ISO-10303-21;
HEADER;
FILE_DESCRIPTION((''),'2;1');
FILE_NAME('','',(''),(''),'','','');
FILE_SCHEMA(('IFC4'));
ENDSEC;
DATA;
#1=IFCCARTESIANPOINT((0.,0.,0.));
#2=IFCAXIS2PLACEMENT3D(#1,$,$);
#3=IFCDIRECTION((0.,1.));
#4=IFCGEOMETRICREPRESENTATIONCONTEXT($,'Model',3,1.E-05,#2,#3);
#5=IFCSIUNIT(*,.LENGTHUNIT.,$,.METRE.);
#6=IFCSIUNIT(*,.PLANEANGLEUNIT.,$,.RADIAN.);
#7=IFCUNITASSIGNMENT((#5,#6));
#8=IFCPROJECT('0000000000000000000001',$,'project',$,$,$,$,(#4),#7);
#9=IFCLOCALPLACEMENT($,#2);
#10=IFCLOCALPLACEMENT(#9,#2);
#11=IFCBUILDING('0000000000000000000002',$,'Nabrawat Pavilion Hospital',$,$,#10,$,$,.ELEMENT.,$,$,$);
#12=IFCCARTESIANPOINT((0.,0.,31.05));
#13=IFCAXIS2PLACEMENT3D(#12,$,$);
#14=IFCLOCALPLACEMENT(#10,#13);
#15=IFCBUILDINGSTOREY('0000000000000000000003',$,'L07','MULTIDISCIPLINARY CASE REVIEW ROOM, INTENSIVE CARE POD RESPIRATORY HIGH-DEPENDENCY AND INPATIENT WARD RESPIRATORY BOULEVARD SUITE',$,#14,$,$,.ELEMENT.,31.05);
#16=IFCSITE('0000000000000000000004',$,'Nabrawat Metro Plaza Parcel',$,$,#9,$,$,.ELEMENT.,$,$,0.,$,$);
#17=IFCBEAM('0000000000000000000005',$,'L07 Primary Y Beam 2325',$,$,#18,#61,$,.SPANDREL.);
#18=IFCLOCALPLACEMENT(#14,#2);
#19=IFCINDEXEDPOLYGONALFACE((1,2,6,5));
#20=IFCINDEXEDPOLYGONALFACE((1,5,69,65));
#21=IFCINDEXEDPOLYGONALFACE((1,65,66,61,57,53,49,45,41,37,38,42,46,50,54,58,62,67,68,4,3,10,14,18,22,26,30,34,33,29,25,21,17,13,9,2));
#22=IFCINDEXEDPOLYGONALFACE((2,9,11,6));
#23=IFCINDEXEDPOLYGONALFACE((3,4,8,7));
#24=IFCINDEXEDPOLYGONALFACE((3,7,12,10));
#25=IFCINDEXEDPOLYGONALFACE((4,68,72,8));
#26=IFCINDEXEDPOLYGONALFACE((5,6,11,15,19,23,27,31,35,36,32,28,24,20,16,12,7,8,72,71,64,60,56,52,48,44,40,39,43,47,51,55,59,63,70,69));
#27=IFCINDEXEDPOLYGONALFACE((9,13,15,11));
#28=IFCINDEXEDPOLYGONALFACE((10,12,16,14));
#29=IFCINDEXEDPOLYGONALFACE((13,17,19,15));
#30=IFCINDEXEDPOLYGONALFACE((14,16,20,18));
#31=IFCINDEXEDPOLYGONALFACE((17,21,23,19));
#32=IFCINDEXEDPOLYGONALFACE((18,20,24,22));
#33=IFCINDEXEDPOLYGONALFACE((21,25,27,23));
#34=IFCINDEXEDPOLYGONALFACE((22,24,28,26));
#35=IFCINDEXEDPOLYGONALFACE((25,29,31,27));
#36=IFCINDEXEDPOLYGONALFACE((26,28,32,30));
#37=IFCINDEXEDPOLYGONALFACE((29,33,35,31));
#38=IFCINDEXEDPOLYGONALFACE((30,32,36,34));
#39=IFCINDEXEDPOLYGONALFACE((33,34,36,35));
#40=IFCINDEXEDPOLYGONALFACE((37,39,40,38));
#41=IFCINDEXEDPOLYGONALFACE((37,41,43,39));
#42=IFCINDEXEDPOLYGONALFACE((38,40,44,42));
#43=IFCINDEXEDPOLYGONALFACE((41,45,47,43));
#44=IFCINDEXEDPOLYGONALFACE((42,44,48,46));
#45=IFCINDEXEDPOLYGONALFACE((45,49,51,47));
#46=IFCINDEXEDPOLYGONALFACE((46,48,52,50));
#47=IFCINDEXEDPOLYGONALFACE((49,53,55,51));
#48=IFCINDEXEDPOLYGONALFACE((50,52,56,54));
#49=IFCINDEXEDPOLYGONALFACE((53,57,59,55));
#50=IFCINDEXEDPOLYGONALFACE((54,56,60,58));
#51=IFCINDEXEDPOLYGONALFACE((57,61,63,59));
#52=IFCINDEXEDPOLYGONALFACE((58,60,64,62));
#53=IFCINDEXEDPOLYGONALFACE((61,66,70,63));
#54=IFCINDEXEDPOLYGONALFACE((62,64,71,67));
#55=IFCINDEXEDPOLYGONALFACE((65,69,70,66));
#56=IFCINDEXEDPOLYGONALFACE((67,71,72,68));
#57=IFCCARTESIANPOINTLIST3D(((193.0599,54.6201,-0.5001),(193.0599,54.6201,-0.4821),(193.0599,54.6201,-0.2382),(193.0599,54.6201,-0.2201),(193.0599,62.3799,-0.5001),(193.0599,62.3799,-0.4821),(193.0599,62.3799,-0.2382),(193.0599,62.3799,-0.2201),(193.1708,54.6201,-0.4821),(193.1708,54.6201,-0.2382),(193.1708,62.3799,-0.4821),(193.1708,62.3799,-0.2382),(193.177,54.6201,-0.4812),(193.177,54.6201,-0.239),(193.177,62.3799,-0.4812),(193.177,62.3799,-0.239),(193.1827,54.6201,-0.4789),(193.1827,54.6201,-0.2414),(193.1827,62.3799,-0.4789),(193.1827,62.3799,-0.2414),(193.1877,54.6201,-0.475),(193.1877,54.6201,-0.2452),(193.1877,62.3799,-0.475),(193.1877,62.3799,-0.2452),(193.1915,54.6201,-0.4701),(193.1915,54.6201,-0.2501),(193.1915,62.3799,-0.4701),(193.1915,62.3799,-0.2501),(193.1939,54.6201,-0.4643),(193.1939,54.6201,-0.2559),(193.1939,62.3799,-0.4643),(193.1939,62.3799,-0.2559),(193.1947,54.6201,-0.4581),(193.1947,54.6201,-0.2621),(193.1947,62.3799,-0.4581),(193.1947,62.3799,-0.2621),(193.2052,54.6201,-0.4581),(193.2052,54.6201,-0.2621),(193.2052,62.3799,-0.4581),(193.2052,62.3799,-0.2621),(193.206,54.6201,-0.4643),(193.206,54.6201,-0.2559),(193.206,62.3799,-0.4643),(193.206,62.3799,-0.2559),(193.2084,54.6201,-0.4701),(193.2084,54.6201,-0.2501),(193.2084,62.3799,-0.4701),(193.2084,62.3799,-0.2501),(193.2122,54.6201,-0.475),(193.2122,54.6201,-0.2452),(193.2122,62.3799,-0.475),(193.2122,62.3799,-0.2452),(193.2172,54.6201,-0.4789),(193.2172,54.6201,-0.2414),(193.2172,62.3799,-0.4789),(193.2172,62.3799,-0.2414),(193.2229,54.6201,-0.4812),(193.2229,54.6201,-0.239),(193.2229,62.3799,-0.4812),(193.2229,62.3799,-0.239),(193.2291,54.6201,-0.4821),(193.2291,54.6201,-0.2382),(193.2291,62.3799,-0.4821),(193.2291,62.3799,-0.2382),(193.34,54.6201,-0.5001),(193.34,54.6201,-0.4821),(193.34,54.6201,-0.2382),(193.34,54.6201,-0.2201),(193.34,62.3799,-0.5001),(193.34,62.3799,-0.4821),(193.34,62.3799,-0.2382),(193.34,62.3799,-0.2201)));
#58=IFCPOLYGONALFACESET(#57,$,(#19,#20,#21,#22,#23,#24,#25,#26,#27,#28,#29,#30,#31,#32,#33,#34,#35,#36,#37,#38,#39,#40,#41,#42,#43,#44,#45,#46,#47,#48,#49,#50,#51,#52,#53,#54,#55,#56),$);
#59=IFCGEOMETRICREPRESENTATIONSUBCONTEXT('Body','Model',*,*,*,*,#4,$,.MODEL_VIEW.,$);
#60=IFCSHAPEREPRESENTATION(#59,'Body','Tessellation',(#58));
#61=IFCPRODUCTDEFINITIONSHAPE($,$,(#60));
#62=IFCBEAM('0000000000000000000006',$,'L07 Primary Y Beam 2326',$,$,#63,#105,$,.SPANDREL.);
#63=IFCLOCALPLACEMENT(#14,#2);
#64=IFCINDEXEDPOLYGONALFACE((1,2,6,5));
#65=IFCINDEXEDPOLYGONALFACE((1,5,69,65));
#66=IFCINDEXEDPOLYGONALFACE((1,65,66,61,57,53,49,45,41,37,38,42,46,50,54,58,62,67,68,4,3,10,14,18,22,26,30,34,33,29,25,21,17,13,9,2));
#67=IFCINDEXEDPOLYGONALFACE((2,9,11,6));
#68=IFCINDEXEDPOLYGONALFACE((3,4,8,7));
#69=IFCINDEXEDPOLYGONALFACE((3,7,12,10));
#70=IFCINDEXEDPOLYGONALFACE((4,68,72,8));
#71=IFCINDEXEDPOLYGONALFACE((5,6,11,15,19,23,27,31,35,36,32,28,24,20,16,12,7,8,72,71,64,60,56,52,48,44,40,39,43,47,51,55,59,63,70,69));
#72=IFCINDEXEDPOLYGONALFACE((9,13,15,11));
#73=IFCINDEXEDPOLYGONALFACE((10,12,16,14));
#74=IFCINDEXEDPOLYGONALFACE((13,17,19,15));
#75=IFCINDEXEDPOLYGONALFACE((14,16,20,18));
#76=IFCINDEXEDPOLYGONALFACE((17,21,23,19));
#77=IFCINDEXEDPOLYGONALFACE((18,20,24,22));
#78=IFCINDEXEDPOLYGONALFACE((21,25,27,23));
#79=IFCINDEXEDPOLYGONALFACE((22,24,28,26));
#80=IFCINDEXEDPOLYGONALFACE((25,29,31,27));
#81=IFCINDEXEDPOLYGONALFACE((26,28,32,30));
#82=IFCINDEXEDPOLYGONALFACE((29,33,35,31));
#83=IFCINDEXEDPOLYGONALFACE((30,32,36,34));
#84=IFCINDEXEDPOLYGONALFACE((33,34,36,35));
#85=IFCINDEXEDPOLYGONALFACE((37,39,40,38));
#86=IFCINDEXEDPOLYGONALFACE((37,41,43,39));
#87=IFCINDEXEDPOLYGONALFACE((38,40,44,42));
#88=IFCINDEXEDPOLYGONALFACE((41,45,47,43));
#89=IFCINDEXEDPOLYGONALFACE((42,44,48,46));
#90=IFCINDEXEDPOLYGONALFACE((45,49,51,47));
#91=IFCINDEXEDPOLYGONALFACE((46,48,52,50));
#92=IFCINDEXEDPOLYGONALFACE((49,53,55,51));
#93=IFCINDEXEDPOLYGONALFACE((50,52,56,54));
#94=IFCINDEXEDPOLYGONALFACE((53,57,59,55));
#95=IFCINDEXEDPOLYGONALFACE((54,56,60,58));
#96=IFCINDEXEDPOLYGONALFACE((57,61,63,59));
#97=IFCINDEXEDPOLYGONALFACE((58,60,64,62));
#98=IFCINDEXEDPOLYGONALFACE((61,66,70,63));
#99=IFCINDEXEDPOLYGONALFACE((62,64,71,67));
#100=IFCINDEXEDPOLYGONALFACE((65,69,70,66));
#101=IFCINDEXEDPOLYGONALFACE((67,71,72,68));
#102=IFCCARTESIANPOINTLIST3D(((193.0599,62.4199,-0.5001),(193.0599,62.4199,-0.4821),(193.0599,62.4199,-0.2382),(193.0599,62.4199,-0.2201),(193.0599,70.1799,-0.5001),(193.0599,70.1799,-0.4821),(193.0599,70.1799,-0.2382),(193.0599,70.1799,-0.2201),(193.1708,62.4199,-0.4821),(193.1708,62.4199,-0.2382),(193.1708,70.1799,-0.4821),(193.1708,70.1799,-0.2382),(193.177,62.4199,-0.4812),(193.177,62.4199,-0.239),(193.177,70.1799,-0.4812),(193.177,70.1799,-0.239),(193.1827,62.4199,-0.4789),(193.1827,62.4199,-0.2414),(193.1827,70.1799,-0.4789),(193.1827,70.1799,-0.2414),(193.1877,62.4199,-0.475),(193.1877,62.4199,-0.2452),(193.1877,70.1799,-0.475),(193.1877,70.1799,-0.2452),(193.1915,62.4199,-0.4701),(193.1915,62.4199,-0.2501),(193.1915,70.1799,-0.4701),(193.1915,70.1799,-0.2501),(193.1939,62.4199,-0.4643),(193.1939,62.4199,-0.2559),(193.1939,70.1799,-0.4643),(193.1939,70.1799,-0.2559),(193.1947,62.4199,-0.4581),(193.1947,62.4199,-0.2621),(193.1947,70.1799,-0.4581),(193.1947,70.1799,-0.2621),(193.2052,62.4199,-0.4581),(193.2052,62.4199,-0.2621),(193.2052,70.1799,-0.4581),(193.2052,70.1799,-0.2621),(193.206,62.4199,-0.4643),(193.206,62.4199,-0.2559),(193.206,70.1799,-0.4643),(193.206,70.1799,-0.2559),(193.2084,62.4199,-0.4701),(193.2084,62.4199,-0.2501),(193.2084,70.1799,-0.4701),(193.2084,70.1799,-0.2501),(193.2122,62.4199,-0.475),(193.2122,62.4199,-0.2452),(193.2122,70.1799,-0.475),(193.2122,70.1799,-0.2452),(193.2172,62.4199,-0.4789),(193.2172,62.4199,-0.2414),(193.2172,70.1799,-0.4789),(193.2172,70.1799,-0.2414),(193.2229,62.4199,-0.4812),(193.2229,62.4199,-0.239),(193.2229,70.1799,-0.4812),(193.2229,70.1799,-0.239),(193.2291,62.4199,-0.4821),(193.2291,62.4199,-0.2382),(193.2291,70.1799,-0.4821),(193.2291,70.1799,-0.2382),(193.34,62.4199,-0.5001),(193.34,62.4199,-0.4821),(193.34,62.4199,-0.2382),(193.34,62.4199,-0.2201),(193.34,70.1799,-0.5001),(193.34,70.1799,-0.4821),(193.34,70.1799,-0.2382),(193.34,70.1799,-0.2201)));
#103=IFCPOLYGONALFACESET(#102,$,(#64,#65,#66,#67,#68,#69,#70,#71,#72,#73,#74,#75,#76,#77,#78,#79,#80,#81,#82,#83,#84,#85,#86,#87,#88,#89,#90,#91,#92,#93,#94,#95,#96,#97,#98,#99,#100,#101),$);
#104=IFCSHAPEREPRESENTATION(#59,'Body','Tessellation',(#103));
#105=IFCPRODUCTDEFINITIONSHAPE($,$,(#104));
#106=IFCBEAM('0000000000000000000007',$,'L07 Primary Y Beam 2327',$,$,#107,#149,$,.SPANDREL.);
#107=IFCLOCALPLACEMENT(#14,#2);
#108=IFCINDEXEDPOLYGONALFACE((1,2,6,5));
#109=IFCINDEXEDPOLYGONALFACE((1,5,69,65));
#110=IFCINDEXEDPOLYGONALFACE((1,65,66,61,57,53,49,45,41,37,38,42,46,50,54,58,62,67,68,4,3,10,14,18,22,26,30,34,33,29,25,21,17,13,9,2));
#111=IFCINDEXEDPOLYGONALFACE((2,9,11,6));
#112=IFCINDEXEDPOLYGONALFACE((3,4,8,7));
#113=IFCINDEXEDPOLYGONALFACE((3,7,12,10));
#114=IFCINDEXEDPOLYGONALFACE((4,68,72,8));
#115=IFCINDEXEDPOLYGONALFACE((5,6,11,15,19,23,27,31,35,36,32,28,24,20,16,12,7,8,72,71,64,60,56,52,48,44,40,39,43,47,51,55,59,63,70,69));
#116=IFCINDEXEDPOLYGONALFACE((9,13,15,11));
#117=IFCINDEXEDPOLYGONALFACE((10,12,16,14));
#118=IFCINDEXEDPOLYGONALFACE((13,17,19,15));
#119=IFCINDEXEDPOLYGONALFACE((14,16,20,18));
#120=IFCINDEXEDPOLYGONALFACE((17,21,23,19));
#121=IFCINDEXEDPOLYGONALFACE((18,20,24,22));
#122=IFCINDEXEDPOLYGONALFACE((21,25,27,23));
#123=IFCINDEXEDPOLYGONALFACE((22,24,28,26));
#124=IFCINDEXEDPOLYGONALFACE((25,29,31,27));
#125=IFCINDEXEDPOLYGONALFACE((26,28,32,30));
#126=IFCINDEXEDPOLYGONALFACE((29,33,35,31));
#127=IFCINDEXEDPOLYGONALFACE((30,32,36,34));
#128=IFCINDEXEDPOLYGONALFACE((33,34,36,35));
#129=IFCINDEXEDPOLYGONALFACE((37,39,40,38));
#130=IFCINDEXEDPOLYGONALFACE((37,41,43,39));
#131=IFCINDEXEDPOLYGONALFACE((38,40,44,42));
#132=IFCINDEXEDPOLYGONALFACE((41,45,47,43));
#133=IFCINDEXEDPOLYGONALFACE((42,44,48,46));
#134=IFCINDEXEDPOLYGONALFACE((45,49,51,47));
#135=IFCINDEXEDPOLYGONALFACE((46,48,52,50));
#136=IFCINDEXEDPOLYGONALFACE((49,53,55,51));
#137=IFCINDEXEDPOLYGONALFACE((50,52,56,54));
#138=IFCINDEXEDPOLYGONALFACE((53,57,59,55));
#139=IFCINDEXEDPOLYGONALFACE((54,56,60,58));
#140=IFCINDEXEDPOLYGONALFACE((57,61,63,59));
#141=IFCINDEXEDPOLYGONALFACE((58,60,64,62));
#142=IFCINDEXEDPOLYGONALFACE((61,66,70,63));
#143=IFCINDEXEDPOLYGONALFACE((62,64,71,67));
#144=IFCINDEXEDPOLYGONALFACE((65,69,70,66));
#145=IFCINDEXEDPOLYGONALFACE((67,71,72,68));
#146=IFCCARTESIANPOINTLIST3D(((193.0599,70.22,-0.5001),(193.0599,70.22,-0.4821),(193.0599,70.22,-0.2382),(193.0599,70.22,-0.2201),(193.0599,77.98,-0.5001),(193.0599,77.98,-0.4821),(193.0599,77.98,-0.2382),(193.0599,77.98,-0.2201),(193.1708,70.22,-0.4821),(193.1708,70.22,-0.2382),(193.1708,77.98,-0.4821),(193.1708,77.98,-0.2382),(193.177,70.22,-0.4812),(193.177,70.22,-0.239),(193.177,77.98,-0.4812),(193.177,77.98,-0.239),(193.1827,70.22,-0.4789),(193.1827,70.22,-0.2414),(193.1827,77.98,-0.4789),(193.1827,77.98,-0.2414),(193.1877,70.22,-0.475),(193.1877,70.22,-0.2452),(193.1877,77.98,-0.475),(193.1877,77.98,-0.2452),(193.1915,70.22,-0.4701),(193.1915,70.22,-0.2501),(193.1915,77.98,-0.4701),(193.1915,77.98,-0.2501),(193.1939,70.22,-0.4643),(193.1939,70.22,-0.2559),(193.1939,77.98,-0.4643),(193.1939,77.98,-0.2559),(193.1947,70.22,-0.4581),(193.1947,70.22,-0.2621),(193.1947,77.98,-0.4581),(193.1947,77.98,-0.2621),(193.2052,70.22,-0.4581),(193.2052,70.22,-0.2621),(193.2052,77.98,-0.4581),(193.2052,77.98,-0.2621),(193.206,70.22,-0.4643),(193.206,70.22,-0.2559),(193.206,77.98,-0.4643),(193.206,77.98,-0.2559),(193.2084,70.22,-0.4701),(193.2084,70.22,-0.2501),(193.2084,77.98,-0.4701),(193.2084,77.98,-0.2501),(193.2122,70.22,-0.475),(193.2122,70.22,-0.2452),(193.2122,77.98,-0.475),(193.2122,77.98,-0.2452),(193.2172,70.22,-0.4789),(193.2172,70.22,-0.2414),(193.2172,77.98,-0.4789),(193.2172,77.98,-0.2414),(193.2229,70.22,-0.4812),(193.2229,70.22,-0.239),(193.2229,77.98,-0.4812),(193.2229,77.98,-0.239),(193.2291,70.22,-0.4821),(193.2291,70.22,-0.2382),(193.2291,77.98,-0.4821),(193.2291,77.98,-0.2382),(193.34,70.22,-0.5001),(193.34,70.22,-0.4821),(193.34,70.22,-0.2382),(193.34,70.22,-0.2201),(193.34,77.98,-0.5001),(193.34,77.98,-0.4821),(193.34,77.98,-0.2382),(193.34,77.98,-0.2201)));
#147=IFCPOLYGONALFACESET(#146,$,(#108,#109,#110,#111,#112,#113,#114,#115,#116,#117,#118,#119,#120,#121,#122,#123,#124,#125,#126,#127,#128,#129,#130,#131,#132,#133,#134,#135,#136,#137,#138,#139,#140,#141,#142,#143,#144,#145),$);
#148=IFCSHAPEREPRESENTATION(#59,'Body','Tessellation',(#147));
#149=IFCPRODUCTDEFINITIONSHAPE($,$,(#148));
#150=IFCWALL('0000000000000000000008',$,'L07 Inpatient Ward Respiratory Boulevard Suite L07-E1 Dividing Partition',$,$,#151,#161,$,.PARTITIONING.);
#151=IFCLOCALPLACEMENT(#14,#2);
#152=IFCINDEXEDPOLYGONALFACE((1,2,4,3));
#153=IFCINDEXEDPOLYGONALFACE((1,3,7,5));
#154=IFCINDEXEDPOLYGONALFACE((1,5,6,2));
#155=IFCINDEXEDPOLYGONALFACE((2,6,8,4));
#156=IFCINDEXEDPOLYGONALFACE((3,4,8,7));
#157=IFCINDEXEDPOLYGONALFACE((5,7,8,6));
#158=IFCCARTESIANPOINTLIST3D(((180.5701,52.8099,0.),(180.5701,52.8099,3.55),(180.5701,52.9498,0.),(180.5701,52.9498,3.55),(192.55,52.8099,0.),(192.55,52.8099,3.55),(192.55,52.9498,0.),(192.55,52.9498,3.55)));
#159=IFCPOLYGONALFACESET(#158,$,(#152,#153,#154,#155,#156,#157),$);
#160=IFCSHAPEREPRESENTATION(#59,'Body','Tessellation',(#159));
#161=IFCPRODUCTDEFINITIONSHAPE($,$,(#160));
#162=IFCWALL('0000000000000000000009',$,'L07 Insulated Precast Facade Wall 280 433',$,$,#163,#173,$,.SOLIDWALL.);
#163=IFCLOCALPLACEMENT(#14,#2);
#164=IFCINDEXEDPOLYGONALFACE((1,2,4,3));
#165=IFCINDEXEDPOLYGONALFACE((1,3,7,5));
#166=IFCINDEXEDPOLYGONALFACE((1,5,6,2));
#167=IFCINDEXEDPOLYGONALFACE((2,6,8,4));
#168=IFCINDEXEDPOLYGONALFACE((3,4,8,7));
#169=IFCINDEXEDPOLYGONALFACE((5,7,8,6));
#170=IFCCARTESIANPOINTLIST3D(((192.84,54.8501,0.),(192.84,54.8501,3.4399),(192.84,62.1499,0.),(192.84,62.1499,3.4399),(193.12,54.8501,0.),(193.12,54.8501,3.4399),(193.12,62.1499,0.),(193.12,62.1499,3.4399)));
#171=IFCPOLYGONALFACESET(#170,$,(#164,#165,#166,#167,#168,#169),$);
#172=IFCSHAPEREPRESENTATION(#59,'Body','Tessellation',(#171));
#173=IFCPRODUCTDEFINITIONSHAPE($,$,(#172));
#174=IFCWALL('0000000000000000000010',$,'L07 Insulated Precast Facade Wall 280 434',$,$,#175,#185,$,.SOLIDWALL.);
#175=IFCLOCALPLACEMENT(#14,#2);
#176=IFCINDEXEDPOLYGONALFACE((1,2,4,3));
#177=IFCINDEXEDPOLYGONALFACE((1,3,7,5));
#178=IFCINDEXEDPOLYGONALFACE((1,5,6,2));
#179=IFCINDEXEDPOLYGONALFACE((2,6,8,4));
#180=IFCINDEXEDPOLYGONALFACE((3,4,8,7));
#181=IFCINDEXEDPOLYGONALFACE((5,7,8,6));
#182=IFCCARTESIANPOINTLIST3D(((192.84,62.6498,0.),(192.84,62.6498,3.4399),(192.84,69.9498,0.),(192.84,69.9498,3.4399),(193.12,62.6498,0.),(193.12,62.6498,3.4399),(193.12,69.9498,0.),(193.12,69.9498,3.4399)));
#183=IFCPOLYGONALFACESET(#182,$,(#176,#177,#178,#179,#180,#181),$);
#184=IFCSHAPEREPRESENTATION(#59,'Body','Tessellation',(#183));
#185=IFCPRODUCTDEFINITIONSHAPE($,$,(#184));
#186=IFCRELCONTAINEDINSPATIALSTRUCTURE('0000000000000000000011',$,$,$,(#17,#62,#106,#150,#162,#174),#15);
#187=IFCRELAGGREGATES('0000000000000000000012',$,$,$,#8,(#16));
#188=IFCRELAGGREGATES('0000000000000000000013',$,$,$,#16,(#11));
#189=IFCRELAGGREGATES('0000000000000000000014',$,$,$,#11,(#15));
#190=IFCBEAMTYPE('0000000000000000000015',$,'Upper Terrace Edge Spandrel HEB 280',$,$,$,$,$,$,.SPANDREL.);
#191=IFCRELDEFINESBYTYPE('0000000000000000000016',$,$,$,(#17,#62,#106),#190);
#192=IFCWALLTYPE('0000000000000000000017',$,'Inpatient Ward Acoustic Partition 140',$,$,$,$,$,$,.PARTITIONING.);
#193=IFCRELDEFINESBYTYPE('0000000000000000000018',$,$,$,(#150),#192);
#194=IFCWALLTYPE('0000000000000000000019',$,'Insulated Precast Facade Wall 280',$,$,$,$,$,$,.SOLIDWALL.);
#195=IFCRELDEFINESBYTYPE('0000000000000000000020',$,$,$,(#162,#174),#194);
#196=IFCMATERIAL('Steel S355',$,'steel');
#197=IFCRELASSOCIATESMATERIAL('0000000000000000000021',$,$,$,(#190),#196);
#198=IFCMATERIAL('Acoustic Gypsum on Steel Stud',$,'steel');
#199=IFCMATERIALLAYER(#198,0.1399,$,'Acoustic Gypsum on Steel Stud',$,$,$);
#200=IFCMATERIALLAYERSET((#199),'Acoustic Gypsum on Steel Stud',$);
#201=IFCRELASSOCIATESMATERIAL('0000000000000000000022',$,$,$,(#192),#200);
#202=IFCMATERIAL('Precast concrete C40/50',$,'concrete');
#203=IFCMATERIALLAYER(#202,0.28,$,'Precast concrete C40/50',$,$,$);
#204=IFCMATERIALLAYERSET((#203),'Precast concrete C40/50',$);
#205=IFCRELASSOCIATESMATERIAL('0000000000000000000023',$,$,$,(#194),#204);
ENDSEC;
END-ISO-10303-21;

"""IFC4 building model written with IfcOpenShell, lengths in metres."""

from ifc_helpers import new_model, si_unit, direction, frame, frame_2d, origin, origin_2d, place, context, subcontext, project, spatial, rectangle, i_section, extrude, material, layer, layer_set, material_profile, profile_set, type_object, element, save


model = new_model("IFC4")

# Units and contexts
model_context = context("Model", 3, precision=1e-05, world=origin(), true_north=direction((0.0, 1.0)))
body_context = subcontext(model_context, "Body", "Model", "MODEL_VIEW")
ifc_project = project(units=[si_unit("LENGTHUNIT", "METRE"), si_unit("PLANEANGLEUNIT", "RADIAN")], contexts=[model_context])

# Site, building, storey
site_placement = place(None, origin())
site = spatial("IfcSite", under=ifc_project, at=site_placement, Name="Nabrawat Metro Plaza Parcel", CompositionType="ELEMENT", RefElevation=0.0)
building_placement = place(site_placement, origin())
building = spatial("IfcBuilding", under=site, at=building_placement, Name="Nabrawat Pavilion Hospital", CompositionType="ELEMENT")
storey_placement = place(building_placement, frame((0.0, 0.0, 31.05)))
storey = spatial("IfcBuildingStorey", under=building, at=storey_placement, Name="L07", Description="MULTIDISCIPLINARY CASE REVIEW ROOM, INTENSIVE CARE POD RESPIRATORY HIGH-DEPENDENCY AND INPATIENT WARD RESPIRATORY BOULEVARD SUITE", CompositionType="ELEMENT", Elevation=31.05)

# Shared definitions
ifc_material_1 = material(Name="Steel S355", Category="steel")

# Beams
ifc_material_profile_1 = material_profile(ifc_material_1, i_section(OverallWidth=0.28, OverallDepth=0.28, WebThickness=0.0105, FlangeThickness=0.0181, FilletRadius=0.0239, at=origin_2d()), Name="HEB 280")
ifc_profile_set_1 = profile_set([ifc_material_profile_1], Name="Steel S355")
beam_type_1 = type_object("IfcBeamType", Name="Upper Terrace Edge Spandrel HEB 280", PredefinedType="SPANDREL", material=ifc_profile_set_1)
beam_1_placement = place(storey_placement, frame((193.2, 54.6201, -0.3601), z_axis=(0.0, 1.0, 0.0), x_axis=(-1.0, 0.0, 0.0)))
element("IfcBeam", 1, at=beam_1_placement, inside=storey, type_object=beam_type_1, Name="L07 Primary Y Beam 2325", PredefinedType="SPANDREL", context=body_context, shape_type="SweptSolid", body=[
    extrude(i_section(OverallWidth=0.28, OverallDepth=0.28, WebThickness=0.0105, FlangeThickness=0.0181, FilletRadius=0.0239, at=origin_2d()), origin(), (0.0, 0.0, 1.0), 7.7598),
])
for number, where, z_axis, x_axis, name in (
    (2, (193.2, 62.4199, -0.3601), (0.0, 1.0, 0.0), (-1.0, 0.0, 0.0), "L07 Primary Y Beam 2326"),
    (3, (193.2, 70.22, -0.3601), (0.0, 1.0, 0.0), (-1.0, 0.0, 0.0), "L07 Primary Y Beam 2327"),
):
    element("IfcBeam", number, at=place(storey_placement, frame(where, z_axis=z_axis, x_axis=x_axis)), inside=storey, type_object=beam_type_1, Name=name, PredefinedType="SPANDREL", context=body_context, shape_type="SweptSolid", body=[
        extrude(i_section(OverallWidth=0.28, OverallDepth=0.28, WebThickness=0.0105, FlangeThickness=0.0181, FilletRadius=0.0239, at=origin_2d()), origin(), (0.0, 0.0, 1.0), 7.76),
    ])

# Walls
ifc_material_2 = material(Name="Acoustic Gypsum on Steel Stud", Category="steel")
ifc_layer_1 = layer(ifc_material_2, 0.1399, Name="Acoustic Gypsum on Steel Stud")
ifc_layer_set_1 = layer_set([ifc_layer_1], Name="Acoustic Gypsum on Steel Stud")
wall_type_1 = type_object("IfcWallType", Name="Inpatient Ward Acoustic Partition 140", PredefinedType="PARTITIONING", material=ifc_layer_set_1)
wall_1_placement = place(storey_placement, frame((180.5701, 52.8799, 0.0), z_axis=(0.0, 0.0, 1.0), x_axis=(1.0, 0.0, 0.0)))
element("IfcWall", 4, at=wall_1_placement, inside=storey, type_object=wall_type_1, Name="L07 Inpatient Ward Respiratory Boulevard Suite L07-E1 Dividing Partition", PredefinedType="PARTITIONING", context=body_context, shape_type="SweptSolid", body=[
    extrude(rectangle(XDim=11.98, YDim=0.1399, at=frame_2d((5.99, 0.0))), origin(), (0.0, 0.0, 1.0), 3.55),
])
ifc_material_3 = material(Name="Precast concrete C40/50", Category="concrete")
ifc_layer_2 = layer(ifc_material_3, 0.28, Name="Precast concrete C40/50")
ifc_layer_set_2 = layer_set([ifc_layer_2], Name="Precast concrete C40/50")
wall_type_2 = type_object("IfcWallType", Name="Insulated Precast Facade Wall 280", PredefinedType="SOLIDWALL", material=ifc_layer_set_2)
wall_2_placement = place(storey_placement, frame((192.98, 54.8501, 0.0), z_axis=(0.0, 0.0, 1.0), x_axis=(0.0, 1.0, 0.0)))
element("IfcWall", 5, at=wall_2_placement, inside=storey, type_object=wall_type_2, Name="L07 Insulated Precast Facade Wall 280 433", PredefinedType="SOLIDWALL", context=body_context, shape_type="SweptSolid", body=[
    extrude(rectangle(XDim=7.2998, YDim=0.28, at=frame_2d((3.6499, 0.0))), origin(), (0.0, 0.0, 1.0), 3.4399),
])
wall_3_placement = place(storey_placement, frame((192.98, 62.6499, 0.0), z_axis=(0.0, 0.0, 1.0), x_axis=(0.0, 1.0, 0.0)))
element("IfcWall", 6, at=wall_3_placement, inside=storey, type_object=wall_type_2, Name="L07 Insulated Precast Facade Wall 280 434", PredefinedType="SOLIDWALL", context=body_context, shape_type="SweptSolid", body=[
    extrude(rectangle(XDim=7.3, YDim=0.28, at=frame_2d((3.6499, 0.0))), origin(), (0.0, 0.0, 1.0), 3.4399),
])

save(model, "model.ifc")
